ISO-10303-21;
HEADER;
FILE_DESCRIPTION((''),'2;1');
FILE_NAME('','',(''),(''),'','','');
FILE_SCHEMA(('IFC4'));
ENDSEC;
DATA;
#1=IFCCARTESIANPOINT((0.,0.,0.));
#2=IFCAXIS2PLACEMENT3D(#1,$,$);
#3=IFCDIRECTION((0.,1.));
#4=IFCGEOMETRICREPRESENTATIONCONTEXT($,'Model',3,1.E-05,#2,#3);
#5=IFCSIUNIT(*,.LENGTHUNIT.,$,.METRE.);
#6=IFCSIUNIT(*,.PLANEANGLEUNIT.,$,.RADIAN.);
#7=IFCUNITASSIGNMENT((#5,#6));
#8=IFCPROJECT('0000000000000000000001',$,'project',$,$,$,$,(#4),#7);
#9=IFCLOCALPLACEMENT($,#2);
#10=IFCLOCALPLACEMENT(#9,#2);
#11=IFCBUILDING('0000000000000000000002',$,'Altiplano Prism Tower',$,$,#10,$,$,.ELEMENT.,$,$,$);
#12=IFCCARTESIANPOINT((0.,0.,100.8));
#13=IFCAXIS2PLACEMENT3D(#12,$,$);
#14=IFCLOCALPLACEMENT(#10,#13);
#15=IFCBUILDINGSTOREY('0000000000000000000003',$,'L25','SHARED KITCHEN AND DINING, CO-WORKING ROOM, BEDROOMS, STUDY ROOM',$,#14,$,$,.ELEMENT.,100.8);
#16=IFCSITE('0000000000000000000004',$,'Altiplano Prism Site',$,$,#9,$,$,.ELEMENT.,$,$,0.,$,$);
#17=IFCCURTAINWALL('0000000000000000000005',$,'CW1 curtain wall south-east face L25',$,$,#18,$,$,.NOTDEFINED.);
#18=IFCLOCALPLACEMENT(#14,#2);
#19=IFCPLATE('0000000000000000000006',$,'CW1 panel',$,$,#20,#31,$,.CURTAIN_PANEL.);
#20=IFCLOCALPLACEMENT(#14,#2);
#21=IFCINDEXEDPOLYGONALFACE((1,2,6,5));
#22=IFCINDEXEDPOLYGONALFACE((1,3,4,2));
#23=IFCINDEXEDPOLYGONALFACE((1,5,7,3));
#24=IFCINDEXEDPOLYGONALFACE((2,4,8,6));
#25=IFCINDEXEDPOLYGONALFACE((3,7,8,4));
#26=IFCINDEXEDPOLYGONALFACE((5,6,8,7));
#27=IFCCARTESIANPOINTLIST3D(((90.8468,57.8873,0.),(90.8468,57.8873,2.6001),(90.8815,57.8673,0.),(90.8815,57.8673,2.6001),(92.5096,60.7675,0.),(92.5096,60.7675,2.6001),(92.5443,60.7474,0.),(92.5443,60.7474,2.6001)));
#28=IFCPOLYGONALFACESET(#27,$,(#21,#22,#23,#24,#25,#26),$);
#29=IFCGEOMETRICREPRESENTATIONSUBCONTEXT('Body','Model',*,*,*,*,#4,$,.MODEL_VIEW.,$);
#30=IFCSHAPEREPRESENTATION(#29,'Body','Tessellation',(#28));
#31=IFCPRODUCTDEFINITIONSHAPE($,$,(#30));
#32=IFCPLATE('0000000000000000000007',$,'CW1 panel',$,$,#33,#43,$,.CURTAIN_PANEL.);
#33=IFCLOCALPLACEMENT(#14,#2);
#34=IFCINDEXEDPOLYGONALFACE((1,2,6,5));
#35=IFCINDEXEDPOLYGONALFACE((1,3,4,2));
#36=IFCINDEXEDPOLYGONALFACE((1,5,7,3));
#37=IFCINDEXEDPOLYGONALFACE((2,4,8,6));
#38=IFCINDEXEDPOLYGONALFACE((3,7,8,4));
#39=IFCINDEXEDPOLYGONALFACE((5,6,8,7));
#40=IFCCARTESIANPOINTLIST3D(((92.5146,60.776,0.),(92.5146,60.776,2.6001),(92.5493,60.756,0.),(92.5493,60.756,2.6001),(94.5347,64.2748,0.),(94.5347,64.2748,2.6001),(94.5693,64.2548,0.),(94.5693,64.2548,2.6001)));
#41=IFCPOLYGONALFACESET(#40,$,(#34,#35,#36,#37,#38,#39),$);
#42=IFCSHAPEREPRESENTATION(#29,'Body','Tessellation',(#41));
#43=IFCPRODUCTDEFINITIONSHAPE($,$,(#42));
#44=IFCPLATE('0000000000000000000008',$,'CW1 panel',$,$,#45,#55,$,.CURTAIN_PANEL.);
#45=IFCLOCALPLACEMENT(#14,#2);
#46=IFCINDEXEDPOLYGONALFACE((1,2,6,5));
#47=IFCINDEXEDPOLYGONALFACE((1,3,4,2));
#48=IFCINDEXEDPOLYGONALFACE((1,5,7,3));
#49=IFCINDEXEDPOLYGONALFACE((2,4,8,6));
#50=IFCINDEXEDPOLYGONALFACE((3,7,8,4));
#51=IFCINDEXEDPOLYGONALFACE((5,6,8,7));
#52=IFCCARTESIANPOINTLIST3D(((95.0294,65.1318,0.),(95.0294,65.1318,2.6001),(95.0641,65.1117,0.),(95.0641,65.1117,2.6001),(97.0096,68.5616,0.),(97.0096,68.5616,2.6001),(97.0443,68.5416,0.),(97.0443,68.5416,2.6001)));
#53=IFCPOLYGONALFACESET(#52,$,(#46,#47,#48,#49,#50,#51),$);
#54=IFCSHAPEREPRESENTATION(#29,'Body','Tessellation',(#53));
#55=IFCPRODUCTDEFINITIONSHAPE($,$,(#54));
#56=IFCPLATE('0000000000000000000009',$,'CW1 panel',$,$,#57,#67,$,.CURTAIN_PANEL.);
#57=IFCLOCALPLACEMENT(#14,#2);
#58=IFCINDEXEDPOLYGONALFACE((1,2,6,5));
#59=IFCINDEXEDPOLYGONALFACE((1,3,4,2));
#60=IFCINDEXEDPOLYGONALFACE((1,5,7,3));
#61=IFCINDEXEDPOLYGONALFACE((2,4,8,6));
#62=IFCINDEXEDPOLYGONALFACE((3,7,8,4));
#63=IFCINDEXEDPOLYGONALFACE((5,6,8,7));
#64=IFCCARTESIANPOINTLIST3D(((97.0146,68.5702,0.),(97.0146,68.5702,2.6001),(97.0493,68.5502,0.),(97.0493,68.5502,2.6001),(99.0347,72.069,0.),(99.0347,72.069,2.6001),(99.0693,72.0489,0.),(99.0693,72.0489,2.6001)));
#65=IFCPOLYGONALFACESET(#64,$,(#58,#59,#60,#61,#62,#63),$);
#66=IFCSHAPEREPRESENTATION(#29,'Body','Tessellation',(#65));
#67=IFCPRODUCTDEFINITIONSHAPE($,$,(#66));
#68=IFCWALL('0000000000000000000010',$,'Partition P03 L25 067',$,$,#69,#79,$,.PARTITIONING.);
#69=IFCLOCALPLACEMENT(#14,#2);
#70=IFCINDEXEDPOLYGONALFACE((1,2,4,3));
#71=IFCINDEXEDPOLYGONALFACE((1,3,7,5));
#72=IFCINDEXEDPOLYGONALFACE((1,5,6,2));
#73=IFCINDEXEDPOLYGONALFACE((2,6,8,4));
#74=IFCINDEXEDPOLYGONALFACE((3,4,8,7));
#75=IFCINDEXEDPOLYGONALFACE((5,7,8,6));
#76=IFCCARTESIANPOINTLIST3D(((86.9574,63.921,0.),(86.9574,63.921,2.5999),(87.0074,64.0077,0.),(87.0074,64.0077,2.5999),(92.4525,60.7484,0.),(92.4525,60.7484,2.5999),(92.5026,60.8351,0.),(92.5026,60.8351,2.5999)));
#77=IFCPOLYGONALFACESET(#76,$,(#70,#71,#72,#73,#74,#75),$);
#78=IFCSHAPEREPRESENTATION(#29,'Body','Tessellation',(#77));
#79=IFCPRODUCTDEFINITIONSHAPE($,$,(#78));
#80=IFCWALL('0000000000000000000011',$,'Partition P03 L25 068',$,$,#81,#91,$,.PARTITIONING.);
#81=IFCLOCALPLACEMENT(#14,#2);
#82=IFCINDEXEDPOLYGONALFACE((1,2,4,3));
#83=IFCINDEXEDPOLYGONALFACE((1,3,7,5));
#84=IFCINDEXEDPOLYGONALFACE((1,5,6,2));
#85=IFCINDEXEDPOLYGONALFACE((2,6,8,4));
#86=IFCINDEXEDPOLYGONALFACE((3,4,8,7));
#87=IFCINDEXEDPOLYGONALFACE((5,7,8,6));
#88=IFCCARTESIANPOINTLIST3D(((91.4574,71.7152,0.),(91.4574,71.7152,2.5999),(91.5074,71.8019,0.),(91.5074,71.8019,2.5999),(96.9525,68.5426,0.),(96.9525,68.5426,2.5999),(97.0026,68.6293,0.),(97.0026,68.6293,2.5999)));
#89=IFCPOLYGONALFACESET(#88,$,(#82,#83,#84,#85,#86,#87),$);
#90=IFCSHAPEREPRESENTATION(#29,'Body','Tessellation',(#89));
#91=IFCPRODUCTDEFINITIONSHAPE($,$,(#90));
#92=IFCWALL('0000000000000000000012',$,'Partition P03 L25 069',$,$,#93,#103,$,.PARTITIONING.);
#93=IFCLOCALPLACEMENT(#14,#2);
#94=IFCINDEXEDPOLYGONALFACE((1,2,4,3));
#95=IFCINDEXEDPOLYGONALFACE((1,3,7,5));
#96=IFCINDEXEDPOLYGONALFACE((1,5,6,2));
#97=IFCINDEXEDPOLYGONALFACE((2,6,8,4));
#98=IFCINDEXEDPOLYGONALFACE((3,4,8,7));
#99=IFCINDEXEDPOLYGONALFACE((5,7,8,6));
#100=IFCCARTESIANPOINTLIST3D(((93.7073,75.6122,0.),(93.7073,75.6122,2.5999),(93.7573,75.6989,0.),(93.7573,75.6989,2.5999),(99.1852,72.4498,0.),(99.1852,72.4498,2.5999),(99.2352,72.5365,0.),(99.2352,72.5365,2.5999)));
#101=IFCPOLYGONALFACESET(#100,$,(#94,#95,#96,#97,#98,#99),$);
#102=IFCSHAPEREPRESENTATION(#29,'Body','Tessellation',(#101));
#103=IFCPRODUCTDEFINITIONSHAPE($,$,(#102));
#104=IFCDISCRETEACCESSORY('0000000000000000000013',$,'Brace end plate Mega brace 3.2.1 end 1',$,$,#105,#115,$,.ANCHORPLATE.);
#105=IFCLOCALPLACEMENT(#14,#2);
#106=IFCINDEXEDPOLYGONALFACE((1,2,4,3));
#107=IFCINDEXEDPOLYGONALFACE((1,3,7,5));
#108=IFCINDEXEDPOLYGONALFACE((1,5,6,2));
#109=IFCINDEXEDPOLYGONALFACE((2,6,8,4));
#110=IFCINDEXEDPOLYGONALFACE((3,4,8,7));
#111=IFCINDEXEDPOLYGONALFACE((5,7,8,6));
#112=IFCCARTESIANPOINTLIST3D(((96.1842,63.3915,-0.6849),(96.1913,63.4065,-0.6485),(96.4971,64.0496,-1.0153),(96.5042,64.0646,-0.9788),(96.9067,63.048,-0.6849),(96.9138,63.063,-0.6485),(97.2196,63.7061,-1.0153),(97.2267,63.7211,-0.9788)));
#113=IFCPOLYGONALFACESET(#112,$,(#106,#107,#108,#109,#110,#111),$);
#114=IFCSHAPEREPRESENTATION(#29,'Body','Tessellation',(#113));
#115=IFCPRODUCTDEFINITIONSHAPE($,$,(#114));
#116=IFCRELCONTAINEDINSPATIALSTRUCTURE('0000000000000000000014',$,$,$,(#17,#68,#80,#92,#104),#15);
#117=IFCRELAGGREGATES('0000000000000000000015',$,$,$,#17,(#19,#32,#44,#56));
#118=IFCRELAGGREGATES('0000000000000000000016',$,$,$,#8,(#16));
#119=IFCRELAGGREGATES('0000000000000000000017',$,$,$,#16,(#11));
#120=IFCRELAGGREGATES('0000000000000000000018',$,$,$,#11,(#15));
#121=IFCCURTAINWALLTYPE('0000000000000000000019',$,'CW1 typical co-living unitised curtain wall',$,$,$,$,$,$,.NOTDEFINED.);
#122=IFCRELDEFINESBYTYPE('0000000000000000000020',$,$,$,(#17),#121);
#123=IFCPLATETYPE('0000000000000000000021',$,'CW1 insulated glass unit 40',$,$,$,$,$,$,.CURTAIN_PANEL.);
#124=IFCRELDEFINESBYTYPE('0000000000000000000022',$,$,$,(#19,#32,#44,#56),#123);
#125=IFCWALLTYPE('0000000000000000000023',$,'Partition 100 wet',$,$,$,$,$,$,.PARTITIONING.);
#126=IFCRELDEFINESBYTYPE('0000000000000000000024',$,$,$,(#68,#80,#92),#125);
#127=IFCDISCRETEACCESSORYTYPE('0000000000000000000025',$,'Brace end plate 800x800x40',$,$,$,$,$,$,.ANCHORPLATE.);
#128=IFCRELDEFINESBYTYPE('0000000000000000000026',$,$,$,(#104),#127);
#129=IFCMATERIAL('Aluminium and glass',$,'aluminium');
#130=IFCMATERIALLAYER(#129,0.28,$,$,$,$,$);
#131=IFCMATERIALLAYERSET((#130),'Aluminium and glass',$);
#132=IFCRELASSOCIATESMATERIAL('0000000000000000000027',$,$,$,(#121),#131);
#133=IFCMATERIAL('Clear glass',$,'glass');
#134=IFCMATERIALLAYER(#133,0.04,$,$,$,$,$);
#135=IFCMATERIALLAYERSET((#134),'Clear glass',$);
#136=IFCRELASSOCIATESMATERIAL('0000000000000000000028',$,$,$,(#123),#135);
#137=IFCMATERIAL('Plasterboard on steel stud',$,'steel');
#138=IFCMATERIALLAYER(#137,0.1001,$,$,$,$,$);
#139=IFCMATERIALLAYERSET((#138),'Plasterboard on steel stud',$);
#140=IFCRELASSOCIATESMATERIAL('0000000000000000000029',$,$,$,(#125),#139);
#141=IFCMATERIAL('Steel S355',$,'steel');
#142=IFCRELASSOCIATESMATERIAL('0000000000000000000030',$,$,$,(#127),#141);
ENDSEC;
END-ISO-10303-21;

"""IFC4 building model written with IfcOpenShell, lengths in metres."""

from ifc_helpers import new_model, si_unit, direction, frame, frame_2d, origin, origin_2d, place, context, subcontext, project, spatial, rectangle, extrude, material, layer, layer_set, material_profile, profile_set, type_object, element, aggregate, save


model = new_model("IFC4")

# Units and contexts
model_context = context("Model", 3, precision=1e-05, world=origin(), true_north=direction((0.0, 1.0)))
body_context = subcontext(model_context, "Body", "Model", "MODEL_VIEW")
ifc_project = project(units=[si_unit("LENGTHUNIT", "METRE"), si_unit("PLANEANGLEUNIT", "RADIAN")], contexts=[model_context])

# Site, building, storey
site_placement = place(None, origin())
site = spatial("IfcSite", under=ifc_project, at=site_placement, Name="Altiplano Prism Site", CompositionType="ELEMENT", RefElevation=0.0)
building_placement = place(site_placement, origin())
building = spatial("IfcBuilding", under=site, at=building_placement, Name="Altiplano Prism Tower", CompositionType="ELEMENT")
storey_placement = place(building_placement, frame((0.0, 0.0, 100.8)))
storey = spatial("IfcBuildingStorey", under=building, at=storey_placement, Name="L25", Description="SHARED KITCHEN AND DINING, CO-WORKING ROOM, BEDROOMS, STUDY ROOM", CompositionType="ELEMENT", Elevation=100.8)

# Curtain wall
ifc_material_1 = material(Name="Aluminium and glass", Category="aluminium")
ifc_layer_1 = layer(ifc_material_1, 0.28)
ifc_layer_set_1 = layer_set([ifc_layer_1], Name="Aluminium and glass")
curtain_wall_type = type_object("IfcCurtainWallType", Name="CW1 typical co-living unitised curtain wall", PredefinedType="NOTDEFINED", material=ifc_layer_set_1)
curtain_wall_placement = place(storey_placement, origin())
curtain_wall = element("IfcCurtainWall", 1, at=curtain_wall_placement, inside=storey, type_object=curtain_wall_type, Name="CW1 curtain wall south-east face L25", PredefinedType="NOTDEFINED")

# Shared definitions
ifc_material_2 = material(Name="Steel S355", Category="steel")

# Plates
ifc_material_3 = material(Name="Clear glass", Category="glass")
ifc_layer_2 = layer(ifc_material_3, 0.04)
ifc_layer_set_2 = layer_set([ifc_layer_2], Name="Clear glass")
plate_type = type_object("IfcPlateType", Name="CW1 insulated glass unit 40", PredefinedType="CURTAIN_PANEL", material=ifc_layer_set_2)
plate_1_placement = place(storey_placement, frame((91.6956, 59.3174, 0.0), z_axis=(0.0, 0.0, 1.0), x_axis=(0.5, 0.866025, 0.0)))
plate_1 = element("IfcPlate", 2, at=plate_1_placement, type_object=plate_type, Name="CW1 panel", PredefinedType="CURTAIN_PANEL", context=body_context, shape_type="SweptSolid", body=[
    extrude(rectangle(XDim=3.3257, YDim=0.04, at=origin_2d()), origin(), (0.0, 0.0, 1.0), 2.6001),
])
plate_2_placement = place(storey_placement, frame((93.542, 62.5154, 0.0), z_axis=(0.0, 0.0, 1.0), x_axis=(0.5, 0.866025, 0.0)))
plate_2 = element("IfcPlate", 3, at=plate_2_placement, type_object=plate_type, Name="CW1 panel", PredefinedType="CURTAIN_PANEL", context=body_context, shape_type="SweptSolid", body=[
    extrude(rectangle(XDim=4.04, YDim=0.04, at=origin_2d()), origin(), (0.0, 0.0, 1.0), 2.6001),
])
plate_3_placement = place(storey_placement, frame((96.0369, 66.8367, 0.0), z_axis=(0.0, 0.0, 1.0), x_axis=(0.5, 0.866025, 0.0)))
plate_3 = element("IfcPlate", 4, at=plate_3_placement, type_object=plate_type, Name="CW1 panel", PredefinedType="CURTAIN_PANEL", context=body_context, shape_type="SweptSolid", body=[
    extrude(rectangle(XDim=3.9604, YDim=0.04, at=origin_2d()), origin(), (0.0, 0.0, 1.0), 2.6001),
])
plate_4_placement = place(storey_placement, frame((98.042, 70.3096, 0.0), z_axis=(0.0, 0.0, 1.0), x_axis=(0.5, 0.866025, 0.0)))
plate_4 = element("IfcPlate", 5, at=plate_4_placement, type_object=plate_type, Name="CW1 panel", PredefinedType="CURTAIN_PANEL", context=body_context, shape_type="SweptSolid", body=[
    extrude(rectangle(XDim=4.04, YDim=0.04, at=origin_2d()), origin(), (0.0, 0.0, 1.0), 2.6001),
])
aggregate(curtain_wall, [plate_1, plate_2, plate_3, plate_4])

# Walls
ifc_material_4 = material(Name="Plasterboard on steel stud", Category="steel")
ifc_layer_3 = layer(ifc_material_4, 0.1001)
ifc_layer_set_3 = layer_set([ifc_layer_3], Name="Plasterboard on steel stud")
wall_type = type_object("IfcWallType", Name="Partition 100 wet", PredefinedType="PARTITIONING", material=ifc_layer_set_3)
for number, where, z_axis, x_axis, name in (
    (6, (92.4775, 60.7917, 0.0), (0.0, 0.0, 1.0), (-0.866025, 0.5, 0.0), "Partition P03 L25 067"),
    (7, (96.9775, 68.5859, 0.0), (0.0, 0.0, 1.0), (-0.866025, 0.5, 0.0), "Partition P03 L25 068"),
):
    element("IfcWall", number, at=place(storey_placement, frame(where, z_axis=z_axis, x_axis=x_axis)), inside=storey, type_object=wall_type, Name=name, PredefinedType="PARTITIONING", context=body_context, shape_type="SweptSolid", body=[
        extrude(rectangle(XDim=6.3452, YDim=0.1001, at=frame_2d((3.1726, 0.0))), origin(), (0.0, 0.0, 1.0), 2.5999),
    ])
wall_placement = place(storey_placement, frame((99.2102, 72.4932, 0.0), z_axis=(0.0, 0.0, 1.0), x_axis=(-0.866042, 0.499971, 0.0)))
element("IfcWall", 8, at=wall_placement, inside=storey, type_object=wall_type, Name="Partition P03 L25 069", PredefinedType="PARTITIONING", context=body_context, shape_type="SweptSolid", body=[
    extrude(rectangle(XDim=6.3252, YDim=0.1001, at=frame_2d((3.1626, 0.0))), origin(), (0.0, 0.0, 1.0), 2.5999),
])

# Discrete accessory
ifc_material_profile_1 = material_profile(ifc_material_2, rectangle(XDim=0.8, YDim=0.8, at=origin_2d()), Name="Brace end plate 800x800x40")
ifc_profile_set_1 = profile_set([ifc_material_profile_1], Name="Steel S355")
discrete_accessory_type = type_object("IfcDiscreteAccessoryType", Name="Brace end plate 800x800x40", PredefinedType="ANCHORPLATE", material=ifc_profile_set_1)
discrete_accessory_placement = place(storey_placement, frame((96.7019, 63.5488, -0.8501), z_axis=(0.177268, 0.372874, 0.910791), x_axis=(-0.903134, 0.429359, 0.0)))
element("IfcDiscreteAccessory", 9, at=discrete_accessory_placement, inside=storey, type_object=discrete_accessory_type, Name="Brace end plate Mega brace 3.2.1 end 1", PredefinedType="ANCHORPLATE", context=body_context, shape_type="SweptSolid", body=[
    extrude(rectangle(XDim=0.8, YDim=0.8, at=origin_2d()), origin(), (0.0, 0.0, 1.0), 0.04),
])

save(model, "model.ifc")
